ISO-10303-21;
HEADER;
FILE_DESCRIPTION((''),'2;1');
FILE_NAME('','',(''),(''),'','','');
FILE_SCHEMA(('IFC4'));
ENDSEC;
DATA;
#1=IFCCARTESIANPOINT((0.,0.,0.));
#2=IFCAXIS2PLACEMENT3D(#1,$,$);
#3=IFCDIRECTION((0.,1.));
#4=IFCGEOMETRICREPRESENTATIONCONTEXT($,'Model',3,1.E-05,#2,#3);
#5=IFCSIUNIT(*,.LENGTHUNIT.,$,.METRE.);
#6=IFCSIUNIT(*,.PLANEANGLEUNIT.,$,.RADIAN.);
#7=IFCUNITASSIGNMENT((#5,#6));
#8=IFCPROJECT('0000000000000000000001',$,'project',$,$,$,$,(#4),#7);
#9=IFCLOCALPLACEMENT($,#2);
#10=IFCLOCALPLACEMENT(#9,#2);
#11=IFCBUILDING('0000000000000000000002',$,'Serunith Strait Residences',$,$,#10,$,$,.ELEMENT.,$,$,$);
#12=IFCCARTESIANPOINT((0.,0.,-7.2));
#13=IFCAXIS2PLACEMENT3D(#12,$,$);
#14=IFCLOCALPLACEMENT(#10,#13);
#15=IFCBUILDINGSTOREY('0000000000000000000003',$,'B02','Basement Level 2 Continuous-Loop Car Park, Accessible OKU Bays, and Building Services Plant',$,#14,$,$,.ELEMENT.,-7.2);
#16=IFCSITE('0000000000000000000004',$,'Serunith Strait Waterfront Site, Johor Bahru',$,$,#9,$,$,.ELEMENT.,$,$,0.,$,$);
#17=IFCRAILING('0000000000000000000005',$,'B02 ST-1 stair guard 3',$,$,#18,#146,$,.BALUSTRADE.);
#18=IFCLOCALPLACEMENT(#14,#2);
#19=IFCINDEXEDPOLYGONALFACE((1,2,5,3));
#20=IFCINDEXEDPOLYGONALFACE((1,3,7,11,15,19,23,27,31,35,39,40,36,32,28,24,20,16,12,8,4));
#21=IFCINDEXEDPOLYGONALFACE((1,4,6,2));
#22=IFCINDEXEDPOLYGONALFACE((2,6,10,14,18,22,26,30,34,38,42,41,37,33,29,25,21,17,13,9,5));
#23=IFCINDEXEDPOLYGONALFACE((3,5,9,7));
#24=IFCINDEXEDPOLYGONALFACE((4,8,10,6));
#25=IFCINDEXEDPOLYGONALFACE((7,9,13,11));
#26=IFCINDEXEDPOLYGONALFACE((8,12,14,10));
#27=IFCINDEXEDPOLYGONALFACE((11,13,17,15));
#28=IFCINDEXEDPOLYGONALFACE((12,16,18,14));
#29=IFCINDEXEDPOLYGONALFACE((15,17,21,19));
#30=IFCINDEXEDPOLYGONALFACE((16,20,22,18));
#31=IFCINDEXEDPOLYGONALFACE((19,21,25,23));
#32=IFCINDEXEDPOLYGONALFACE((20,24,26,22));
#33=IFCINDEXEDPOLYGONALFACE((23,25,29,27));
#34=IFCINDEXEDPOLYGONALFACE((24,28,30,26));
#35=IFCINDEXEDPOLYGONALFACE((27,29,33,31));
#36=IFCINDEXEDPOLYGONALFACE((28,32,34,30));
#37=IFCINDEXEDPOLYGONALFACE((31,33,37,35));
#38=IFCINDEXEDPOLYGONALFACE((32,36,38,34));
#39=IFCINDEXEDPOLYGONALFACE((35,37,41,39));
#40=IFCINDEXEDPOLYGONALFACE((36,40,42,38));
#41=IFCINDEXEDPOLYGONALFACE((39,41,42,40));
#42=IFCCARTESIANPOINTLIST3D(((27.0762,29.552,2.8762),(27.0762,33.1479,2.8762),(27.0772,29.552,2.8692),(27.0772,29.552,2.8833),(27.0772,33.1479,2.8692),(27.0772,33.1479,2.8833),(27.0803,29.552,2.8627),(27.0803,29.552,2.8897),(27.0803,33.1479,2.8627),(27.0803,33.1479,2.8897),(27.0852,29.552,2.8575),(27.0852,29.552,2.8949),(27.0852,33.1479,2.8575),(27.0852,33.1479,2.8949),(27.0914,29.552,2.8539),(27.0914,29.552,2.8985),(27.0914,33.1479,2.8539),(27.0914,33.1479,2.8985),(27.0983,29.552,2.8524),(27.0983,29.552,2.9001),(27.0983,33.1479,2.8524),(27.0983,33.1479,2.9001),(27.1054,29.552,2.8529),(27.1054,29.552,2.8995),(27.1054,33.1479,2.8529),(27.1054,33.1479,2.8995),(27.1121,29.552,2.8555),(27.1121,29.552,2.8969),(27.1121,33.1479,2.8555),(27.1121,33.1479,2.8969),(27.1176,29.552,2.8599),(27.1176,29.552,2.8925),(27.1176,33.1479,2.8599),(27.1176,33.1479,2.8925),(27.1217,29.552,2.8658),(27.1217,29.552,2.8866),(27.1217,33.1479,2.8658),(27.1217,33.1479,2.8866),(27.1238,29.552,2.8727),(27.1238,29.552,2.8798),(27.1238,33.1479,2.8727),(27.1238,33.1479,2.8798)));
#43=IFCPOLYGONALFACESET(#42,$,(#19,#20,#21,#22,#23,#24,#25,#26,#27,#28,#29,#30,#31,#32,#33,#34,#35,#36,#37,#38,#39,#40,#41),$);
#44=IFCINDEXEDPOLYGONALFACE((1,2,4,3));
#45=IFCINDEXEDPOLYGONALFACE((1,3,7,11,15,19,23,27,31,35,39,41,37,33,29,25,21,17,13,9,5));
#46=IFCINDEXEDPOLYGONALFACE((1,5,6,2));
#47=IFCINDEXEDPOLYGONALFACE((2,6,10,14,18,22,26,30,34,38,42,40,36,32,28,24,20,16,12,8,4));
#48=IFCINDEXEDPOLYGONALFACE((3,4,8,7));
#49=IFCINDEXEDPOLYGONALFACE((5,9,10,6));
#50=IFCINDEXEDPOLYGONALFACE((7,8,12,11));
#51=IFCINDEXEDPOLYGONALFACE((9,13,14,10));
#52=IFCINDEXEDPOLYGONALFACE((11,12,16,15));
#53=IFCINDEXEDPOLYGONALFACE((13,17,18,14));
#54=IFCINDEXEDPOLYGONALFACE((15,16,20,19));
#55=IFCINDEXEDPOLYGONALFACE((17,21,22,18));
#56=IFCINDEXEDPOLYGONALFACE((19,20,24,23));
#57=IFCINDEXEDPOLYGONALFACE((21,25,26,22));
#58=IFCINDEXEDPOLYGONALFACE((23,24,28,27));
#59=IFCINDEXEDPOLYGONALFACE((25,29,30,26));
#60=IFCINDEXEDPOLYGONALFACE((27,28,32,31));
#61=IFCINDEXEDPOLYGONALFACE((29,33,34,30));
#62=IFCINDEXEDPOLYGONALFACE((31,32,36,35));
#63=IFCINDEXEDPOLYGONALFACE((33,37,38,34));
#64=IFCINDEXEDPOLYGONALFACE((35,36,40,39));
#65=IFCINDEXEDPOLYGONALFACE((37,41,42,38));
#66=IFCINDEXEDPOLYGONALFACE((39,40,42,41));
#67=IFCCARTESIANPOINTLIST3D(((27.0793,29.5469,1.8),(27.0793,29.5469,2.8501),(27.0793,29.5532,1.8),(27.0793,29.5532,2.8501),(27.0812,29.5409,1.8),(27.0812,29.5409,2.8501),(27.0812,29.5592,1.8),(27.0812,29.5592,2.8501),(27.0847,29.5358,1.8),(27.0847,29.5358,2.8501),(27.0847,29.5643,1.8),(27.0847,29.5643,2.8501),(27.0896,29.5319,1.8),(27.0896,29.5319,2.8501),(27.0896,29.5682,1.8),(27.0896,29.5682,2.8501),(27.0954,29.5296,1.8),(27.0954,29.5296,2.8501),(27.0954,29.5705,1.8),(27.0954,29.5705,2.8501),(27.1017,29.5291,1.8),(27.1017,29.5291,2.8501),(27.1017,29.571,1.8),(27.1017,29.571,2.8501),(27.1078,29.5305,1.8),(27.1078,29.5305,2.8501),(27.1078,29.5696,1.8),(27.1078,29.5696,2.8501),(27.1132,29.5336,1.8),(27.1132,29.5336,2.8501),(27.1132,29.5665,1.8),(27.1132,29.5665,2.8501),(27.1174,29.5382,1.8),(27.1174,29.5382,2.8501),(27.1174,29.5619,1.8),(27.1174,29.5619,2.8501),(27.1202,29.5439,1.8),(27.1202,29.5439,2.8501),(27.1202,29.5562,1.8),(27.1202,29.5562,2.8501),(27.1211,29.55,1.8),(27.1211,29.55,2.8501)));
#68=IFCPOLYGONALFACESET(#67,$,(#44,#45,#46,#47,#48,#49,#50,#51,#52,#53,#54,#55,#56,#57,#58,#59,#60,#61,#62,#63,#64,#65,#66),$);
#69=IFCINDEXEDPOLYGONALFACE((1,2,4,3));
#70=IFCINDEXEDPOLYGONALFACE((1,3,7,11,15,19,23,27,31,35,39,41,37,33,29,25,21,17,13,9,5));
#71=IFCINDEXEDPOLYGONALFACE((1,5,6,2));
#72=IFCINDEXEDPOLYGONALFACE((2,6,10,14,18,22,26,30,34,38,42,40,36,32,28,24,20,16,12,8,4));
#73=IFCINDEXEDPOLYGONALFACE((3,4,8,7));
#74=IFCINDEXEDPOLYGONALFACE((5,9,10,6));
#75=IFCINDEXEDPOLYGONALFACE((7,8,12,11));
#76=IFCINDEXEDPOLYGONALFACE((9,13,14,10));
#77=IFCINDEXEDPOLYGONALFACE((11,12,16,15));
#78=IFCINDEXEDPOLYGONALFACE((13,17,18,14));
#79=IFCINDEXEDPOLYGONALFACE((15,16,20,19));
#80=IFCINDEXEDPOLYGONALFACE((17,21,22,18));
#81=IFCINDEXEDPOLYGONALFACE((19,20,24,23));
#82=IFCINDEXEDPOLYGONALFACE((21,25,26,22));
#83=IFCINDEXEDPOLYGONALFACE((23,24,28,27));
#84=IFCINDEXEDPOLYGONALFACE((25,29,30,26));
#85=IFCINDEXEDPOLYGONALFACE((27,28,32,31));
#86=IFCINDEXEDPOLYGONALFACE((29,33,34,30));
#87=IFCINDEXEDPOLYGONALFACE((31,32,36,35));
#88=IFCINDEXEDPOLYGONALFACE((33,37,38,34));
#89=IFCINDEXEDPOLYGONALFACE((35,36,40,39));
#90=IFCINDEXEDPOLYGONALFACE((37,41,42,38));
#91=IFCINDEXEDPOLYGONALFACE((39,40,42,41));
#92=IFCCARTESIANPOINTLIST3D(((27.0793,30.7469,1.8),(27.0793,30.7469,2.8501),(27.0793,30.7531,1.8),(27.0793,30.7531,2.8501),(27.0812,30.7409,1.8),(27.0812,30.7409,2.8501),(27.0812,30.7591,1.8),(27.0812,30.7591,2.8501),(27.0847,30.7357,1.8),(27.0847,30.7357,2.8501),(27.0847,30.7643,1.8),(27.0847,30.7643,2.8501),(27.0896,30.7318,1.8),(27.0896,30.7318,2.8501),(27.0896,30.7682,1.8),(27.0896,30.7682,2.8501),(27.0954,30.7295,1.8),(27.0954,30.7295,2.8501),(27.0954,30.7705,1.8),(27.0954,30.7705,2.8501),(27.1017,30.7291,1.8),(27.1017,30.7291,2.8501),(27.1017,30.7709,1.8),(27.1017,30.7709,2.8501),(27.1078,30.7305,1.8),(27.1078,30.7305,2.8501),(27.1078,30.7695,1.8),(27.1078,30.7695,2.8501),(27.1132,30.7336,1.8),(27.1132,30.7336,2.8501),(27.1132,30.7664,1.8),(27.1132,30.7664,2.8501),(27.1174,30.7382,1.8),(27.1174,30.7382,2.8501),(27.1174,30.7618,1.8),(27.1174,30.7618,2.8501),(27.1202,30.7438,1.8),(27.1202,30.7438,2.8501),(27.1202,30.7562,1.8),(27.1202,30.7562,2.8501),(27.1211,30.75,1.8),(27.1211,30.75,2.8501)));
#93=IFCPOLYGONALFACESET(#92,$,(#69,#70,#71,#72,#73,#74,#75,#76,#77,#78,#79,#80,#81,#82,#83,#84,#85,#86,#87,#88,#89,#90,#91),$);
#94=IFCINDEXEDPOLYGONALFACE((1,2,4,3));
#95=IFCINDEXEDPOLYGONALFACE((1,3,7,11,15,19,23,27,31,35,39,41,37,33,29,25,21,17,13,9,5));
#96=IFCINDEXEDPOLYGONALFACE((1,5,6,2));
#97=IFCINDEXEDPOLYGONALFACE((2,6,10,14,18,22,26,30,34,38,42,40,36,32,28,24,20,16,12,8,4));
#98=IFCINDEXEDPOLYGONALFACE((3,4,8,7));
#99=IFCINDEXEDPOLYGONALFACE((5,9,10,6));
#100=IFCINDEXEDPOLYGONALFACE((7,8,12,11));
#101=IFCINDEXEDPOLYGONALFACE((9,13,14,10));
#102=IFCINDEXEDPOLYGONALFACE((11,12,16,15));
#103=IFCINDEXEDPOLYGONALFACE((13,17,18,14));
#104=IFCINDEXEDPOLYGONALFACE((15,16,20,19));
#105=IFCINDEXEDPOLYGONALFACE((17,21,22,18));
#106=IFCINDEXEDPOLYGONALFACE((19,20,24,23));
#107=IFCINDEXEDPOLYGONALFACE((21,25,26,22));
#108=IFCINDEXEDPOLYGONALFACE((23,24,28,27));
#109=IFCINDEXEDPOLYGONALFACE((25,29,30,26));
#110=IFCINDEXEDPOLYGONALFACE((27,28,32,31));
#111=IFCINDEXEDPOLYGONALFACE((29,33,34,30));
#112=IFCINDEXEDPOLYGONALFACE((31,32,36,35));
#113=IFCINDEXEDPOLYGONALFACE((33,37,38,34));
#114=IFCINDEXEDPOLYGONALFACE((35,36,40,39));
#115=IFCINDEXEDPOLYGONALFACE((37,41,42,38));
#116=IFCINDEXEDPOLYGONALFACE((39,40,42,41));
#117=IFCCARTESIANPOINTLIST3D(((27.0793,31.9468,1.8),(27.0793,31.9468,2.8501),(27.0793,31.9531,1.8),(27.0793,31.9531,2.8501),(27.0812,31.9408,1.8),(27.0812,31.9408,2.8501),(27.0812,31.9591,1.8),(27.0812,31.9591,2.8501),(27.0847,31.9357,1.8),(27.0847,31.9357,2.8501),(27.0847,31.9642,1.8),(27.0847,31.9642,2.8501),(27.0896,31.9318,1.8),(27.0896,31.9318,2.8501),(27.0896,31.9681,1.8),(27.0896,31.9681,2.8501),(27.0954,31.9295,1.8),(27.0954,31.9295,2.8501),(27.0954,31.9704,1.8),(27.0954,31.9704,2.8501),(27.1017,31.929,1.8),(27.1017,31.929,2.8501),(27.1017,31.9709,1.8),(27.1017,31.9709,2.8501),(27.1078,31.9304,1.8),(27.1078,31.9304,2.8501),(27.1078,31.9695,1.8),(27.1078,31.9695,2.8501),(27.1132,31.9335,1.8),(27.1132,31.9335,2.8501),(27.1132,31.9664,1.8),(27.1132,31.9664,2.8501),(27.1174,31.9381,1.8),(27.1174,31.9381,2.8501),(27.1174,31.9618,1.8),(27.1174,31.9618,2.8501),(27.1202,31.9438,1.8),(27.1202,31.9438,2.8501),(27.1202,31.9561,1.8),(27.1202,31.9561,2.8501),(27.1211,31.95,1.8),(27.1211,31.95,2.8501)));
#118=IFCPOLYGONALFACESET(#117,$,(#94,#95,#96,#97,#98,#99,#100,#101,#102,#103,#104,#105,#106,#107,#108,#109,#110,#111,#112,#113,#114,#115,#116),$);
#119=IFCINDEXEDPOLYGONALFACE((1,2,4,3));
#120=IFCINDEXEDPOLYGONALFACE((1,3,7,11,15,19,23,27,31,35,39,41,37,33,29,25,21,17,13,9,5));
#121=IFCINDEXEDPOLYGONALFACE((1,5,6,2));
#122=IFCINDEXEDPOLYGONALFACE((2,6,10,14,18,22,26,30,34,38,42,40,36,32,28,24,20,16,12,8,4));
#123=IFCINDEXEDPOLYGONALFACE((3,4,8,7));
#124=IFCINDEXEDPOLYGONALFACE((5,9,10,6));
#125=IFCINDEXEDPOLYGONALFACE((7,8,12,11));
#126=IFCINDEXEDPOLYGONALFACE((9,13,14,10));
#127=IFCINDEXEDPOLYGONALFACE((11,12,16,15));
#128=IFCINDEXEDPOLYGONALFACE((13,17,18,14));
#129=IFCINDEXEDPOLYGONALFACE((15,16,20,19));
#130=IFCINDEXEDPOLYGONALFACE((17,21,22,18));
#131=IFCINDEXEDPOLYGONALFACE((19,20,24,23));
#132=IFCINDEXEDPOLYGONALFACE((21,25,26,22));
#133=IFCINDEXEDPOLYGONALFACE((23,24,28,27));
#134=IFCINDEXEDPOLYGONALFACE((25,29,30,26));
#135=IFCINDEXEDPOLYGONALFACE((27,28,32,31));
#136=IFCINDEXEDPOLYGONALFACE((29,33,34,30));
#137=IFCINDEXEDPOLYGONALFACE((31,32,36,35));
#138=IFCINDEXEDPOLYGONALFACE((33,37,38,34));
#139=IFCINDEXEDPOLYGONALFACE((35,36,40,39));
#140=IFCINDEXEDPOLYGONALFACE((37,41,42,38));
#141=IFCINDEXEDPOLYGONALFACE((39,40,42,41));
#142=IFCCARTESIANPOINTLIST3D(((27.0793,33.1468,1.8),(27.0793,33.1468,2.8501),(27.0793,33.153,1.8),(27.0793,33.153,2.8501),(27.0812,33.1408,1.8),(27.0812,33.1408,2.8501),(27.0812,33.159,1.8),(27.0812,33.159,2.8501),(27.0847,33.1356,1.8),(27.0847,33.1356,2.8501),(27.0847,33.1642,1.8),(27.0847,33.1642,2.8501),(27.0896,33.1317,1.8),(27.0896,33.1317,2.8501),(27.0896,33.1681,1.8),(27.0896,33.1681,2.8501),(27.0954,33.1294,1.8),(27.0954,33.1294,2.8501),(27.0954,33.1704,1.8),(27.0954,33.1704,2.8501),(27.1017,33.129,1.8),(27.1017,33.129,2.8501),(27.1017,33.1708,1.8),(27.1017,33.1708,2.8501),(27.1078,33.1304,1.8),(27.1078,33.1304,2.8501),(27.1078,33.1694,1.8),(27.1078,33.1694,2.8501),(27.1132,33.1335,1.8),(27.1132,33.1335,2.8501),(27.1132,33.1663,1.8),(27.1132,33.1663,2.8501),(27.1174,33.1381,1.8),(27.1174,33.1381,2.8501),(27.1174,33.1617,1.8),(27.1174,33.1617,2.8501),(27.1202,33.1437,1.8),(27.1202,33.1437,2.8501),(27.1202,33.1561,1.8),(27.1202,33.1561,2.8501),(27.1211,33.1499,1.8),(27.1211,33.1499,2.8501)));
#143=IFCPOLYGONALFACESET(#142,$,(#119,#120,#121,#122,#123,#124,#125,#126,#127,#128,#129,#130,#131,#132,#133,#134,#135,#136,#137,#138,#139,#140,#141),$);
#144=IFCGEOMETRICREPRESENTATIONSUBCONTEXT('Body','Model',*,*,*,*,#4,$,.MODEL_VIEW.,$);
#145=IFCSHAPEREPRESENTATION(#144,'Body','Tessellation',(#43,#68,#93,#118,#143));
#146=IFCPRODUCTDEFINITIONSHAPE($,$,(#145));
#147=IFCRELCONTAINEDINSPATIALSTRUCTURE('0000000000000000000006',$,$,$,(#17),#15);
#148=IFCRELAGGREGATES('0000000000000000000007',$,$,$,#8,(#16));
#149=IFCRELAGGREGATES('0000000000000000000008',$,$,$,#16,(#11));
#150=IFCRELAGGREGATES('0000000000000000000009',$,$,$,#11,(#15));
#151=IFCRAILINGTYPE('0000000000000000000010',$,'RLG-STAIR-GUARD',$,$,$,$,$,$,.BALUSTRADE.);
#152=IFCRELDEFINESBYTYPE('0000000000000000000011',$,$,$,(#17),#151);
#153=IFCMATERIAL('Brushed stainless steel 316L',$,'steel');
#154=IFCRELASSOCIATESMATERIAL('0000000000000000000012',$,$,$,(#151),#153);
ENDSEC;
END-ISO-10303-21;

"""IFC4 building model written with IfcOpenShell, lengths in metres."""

from ifc_helpers import new_model, si_unit, direction, frame, origin, origin_2d, place, context, subcontext, project, spatial, circle, extrude, material, type_object, element, save


model = new_model("IFC4")

# Units and contexts
model_context = context("Model", 3, precision=1e-05, world=origin(), true_north=direction((0.0, 1.0)))
body_context = subcontext(model_context, "Body", "Model", "MODEL_VIEW")
ifc_project = project(units=[si_unit("LENGTHUNIT", "METRE"), si_unit("PLANEANGLEUNIT", "RADIAN")], contexts=[model_context])

# Site, building, storey
site_placement = place(None, origin())
site = spatial("IfcSite", under=ifc_project, at=site_placement, Name="Serunith Strait Waterfront Site, Johor Bahru", CompositionType="ELEMENT", RefElevation=0.0)
building_placement = place(site_placement, origin())
building = spatial("IfcBuilding", under=site, at=building_placement, Name="Serunith Strait Residences", CompositionType="ELEMENT")
storey_placement = place(building_placement, frame((0.0, 0.0, -7.2)))
storey = spatial("IfcBuildingStorey", under=building, at=storey_placement, Name="B02", Description="Basement Level 2 Continuous-Loop Car Park, Accessible OKU Bays, and Building Services Plant", CompositionType="ELEMENT", Elevation=-7.2)

# Railing
ifc_material_1 = material(Name="Brushed stainless steel 316L", Category="steel")
railing_type_1 = type_object("IfcRailingType", Name="RLG-STAIR-GUARD", PredefinedType="BALUSTRADE", material=ifc_material_1)
for number, where, name in (
    (1, (27.1001, 29.55, 1.8), "B02 ST-1 stair guard 3"),
):
    element("IfcRailing", number, at=place(storey_placement, frame(where)), inside=storey, type_object=railing_type_1, Name=name, PredefinedType="BALUSTRADE", context=body_context, shape_type="SweptSolid", body=[
        extrude(circle(Radius=0.0239, at=origin_2d()), frame((0.0, 0.002, 1.0762), z_axis=(0.0, 1.0, 0.0), x_axis=(-1.0, 0.0, 0.0)), (0.0, 0.0, 1.0), 3.5959),
        extrude(circle(Radius=0.021, at=origin_2d()), origin(), (0.0, 0.0, 1.0), 1.05),
        extrude(circle(Radius=0.021, at=origin_2d()), frame((0.0, 1.2, 0.0)), (0.0, 0.0, 1.0), 1.05),
        extrude(circle(Radius=0.021, at=origin_2d()), frame((0.0, 2.3999, 0.0)), (0.0, 0.0, 1.0), 1.05),
        extrude(circle(Radius=0.021, at=origin_2d()), frame((0.0, 3.5999, 0.0)), (0.0, 0.0, 1.0), 1.05),
    ])

save(model, "model.ifc")
